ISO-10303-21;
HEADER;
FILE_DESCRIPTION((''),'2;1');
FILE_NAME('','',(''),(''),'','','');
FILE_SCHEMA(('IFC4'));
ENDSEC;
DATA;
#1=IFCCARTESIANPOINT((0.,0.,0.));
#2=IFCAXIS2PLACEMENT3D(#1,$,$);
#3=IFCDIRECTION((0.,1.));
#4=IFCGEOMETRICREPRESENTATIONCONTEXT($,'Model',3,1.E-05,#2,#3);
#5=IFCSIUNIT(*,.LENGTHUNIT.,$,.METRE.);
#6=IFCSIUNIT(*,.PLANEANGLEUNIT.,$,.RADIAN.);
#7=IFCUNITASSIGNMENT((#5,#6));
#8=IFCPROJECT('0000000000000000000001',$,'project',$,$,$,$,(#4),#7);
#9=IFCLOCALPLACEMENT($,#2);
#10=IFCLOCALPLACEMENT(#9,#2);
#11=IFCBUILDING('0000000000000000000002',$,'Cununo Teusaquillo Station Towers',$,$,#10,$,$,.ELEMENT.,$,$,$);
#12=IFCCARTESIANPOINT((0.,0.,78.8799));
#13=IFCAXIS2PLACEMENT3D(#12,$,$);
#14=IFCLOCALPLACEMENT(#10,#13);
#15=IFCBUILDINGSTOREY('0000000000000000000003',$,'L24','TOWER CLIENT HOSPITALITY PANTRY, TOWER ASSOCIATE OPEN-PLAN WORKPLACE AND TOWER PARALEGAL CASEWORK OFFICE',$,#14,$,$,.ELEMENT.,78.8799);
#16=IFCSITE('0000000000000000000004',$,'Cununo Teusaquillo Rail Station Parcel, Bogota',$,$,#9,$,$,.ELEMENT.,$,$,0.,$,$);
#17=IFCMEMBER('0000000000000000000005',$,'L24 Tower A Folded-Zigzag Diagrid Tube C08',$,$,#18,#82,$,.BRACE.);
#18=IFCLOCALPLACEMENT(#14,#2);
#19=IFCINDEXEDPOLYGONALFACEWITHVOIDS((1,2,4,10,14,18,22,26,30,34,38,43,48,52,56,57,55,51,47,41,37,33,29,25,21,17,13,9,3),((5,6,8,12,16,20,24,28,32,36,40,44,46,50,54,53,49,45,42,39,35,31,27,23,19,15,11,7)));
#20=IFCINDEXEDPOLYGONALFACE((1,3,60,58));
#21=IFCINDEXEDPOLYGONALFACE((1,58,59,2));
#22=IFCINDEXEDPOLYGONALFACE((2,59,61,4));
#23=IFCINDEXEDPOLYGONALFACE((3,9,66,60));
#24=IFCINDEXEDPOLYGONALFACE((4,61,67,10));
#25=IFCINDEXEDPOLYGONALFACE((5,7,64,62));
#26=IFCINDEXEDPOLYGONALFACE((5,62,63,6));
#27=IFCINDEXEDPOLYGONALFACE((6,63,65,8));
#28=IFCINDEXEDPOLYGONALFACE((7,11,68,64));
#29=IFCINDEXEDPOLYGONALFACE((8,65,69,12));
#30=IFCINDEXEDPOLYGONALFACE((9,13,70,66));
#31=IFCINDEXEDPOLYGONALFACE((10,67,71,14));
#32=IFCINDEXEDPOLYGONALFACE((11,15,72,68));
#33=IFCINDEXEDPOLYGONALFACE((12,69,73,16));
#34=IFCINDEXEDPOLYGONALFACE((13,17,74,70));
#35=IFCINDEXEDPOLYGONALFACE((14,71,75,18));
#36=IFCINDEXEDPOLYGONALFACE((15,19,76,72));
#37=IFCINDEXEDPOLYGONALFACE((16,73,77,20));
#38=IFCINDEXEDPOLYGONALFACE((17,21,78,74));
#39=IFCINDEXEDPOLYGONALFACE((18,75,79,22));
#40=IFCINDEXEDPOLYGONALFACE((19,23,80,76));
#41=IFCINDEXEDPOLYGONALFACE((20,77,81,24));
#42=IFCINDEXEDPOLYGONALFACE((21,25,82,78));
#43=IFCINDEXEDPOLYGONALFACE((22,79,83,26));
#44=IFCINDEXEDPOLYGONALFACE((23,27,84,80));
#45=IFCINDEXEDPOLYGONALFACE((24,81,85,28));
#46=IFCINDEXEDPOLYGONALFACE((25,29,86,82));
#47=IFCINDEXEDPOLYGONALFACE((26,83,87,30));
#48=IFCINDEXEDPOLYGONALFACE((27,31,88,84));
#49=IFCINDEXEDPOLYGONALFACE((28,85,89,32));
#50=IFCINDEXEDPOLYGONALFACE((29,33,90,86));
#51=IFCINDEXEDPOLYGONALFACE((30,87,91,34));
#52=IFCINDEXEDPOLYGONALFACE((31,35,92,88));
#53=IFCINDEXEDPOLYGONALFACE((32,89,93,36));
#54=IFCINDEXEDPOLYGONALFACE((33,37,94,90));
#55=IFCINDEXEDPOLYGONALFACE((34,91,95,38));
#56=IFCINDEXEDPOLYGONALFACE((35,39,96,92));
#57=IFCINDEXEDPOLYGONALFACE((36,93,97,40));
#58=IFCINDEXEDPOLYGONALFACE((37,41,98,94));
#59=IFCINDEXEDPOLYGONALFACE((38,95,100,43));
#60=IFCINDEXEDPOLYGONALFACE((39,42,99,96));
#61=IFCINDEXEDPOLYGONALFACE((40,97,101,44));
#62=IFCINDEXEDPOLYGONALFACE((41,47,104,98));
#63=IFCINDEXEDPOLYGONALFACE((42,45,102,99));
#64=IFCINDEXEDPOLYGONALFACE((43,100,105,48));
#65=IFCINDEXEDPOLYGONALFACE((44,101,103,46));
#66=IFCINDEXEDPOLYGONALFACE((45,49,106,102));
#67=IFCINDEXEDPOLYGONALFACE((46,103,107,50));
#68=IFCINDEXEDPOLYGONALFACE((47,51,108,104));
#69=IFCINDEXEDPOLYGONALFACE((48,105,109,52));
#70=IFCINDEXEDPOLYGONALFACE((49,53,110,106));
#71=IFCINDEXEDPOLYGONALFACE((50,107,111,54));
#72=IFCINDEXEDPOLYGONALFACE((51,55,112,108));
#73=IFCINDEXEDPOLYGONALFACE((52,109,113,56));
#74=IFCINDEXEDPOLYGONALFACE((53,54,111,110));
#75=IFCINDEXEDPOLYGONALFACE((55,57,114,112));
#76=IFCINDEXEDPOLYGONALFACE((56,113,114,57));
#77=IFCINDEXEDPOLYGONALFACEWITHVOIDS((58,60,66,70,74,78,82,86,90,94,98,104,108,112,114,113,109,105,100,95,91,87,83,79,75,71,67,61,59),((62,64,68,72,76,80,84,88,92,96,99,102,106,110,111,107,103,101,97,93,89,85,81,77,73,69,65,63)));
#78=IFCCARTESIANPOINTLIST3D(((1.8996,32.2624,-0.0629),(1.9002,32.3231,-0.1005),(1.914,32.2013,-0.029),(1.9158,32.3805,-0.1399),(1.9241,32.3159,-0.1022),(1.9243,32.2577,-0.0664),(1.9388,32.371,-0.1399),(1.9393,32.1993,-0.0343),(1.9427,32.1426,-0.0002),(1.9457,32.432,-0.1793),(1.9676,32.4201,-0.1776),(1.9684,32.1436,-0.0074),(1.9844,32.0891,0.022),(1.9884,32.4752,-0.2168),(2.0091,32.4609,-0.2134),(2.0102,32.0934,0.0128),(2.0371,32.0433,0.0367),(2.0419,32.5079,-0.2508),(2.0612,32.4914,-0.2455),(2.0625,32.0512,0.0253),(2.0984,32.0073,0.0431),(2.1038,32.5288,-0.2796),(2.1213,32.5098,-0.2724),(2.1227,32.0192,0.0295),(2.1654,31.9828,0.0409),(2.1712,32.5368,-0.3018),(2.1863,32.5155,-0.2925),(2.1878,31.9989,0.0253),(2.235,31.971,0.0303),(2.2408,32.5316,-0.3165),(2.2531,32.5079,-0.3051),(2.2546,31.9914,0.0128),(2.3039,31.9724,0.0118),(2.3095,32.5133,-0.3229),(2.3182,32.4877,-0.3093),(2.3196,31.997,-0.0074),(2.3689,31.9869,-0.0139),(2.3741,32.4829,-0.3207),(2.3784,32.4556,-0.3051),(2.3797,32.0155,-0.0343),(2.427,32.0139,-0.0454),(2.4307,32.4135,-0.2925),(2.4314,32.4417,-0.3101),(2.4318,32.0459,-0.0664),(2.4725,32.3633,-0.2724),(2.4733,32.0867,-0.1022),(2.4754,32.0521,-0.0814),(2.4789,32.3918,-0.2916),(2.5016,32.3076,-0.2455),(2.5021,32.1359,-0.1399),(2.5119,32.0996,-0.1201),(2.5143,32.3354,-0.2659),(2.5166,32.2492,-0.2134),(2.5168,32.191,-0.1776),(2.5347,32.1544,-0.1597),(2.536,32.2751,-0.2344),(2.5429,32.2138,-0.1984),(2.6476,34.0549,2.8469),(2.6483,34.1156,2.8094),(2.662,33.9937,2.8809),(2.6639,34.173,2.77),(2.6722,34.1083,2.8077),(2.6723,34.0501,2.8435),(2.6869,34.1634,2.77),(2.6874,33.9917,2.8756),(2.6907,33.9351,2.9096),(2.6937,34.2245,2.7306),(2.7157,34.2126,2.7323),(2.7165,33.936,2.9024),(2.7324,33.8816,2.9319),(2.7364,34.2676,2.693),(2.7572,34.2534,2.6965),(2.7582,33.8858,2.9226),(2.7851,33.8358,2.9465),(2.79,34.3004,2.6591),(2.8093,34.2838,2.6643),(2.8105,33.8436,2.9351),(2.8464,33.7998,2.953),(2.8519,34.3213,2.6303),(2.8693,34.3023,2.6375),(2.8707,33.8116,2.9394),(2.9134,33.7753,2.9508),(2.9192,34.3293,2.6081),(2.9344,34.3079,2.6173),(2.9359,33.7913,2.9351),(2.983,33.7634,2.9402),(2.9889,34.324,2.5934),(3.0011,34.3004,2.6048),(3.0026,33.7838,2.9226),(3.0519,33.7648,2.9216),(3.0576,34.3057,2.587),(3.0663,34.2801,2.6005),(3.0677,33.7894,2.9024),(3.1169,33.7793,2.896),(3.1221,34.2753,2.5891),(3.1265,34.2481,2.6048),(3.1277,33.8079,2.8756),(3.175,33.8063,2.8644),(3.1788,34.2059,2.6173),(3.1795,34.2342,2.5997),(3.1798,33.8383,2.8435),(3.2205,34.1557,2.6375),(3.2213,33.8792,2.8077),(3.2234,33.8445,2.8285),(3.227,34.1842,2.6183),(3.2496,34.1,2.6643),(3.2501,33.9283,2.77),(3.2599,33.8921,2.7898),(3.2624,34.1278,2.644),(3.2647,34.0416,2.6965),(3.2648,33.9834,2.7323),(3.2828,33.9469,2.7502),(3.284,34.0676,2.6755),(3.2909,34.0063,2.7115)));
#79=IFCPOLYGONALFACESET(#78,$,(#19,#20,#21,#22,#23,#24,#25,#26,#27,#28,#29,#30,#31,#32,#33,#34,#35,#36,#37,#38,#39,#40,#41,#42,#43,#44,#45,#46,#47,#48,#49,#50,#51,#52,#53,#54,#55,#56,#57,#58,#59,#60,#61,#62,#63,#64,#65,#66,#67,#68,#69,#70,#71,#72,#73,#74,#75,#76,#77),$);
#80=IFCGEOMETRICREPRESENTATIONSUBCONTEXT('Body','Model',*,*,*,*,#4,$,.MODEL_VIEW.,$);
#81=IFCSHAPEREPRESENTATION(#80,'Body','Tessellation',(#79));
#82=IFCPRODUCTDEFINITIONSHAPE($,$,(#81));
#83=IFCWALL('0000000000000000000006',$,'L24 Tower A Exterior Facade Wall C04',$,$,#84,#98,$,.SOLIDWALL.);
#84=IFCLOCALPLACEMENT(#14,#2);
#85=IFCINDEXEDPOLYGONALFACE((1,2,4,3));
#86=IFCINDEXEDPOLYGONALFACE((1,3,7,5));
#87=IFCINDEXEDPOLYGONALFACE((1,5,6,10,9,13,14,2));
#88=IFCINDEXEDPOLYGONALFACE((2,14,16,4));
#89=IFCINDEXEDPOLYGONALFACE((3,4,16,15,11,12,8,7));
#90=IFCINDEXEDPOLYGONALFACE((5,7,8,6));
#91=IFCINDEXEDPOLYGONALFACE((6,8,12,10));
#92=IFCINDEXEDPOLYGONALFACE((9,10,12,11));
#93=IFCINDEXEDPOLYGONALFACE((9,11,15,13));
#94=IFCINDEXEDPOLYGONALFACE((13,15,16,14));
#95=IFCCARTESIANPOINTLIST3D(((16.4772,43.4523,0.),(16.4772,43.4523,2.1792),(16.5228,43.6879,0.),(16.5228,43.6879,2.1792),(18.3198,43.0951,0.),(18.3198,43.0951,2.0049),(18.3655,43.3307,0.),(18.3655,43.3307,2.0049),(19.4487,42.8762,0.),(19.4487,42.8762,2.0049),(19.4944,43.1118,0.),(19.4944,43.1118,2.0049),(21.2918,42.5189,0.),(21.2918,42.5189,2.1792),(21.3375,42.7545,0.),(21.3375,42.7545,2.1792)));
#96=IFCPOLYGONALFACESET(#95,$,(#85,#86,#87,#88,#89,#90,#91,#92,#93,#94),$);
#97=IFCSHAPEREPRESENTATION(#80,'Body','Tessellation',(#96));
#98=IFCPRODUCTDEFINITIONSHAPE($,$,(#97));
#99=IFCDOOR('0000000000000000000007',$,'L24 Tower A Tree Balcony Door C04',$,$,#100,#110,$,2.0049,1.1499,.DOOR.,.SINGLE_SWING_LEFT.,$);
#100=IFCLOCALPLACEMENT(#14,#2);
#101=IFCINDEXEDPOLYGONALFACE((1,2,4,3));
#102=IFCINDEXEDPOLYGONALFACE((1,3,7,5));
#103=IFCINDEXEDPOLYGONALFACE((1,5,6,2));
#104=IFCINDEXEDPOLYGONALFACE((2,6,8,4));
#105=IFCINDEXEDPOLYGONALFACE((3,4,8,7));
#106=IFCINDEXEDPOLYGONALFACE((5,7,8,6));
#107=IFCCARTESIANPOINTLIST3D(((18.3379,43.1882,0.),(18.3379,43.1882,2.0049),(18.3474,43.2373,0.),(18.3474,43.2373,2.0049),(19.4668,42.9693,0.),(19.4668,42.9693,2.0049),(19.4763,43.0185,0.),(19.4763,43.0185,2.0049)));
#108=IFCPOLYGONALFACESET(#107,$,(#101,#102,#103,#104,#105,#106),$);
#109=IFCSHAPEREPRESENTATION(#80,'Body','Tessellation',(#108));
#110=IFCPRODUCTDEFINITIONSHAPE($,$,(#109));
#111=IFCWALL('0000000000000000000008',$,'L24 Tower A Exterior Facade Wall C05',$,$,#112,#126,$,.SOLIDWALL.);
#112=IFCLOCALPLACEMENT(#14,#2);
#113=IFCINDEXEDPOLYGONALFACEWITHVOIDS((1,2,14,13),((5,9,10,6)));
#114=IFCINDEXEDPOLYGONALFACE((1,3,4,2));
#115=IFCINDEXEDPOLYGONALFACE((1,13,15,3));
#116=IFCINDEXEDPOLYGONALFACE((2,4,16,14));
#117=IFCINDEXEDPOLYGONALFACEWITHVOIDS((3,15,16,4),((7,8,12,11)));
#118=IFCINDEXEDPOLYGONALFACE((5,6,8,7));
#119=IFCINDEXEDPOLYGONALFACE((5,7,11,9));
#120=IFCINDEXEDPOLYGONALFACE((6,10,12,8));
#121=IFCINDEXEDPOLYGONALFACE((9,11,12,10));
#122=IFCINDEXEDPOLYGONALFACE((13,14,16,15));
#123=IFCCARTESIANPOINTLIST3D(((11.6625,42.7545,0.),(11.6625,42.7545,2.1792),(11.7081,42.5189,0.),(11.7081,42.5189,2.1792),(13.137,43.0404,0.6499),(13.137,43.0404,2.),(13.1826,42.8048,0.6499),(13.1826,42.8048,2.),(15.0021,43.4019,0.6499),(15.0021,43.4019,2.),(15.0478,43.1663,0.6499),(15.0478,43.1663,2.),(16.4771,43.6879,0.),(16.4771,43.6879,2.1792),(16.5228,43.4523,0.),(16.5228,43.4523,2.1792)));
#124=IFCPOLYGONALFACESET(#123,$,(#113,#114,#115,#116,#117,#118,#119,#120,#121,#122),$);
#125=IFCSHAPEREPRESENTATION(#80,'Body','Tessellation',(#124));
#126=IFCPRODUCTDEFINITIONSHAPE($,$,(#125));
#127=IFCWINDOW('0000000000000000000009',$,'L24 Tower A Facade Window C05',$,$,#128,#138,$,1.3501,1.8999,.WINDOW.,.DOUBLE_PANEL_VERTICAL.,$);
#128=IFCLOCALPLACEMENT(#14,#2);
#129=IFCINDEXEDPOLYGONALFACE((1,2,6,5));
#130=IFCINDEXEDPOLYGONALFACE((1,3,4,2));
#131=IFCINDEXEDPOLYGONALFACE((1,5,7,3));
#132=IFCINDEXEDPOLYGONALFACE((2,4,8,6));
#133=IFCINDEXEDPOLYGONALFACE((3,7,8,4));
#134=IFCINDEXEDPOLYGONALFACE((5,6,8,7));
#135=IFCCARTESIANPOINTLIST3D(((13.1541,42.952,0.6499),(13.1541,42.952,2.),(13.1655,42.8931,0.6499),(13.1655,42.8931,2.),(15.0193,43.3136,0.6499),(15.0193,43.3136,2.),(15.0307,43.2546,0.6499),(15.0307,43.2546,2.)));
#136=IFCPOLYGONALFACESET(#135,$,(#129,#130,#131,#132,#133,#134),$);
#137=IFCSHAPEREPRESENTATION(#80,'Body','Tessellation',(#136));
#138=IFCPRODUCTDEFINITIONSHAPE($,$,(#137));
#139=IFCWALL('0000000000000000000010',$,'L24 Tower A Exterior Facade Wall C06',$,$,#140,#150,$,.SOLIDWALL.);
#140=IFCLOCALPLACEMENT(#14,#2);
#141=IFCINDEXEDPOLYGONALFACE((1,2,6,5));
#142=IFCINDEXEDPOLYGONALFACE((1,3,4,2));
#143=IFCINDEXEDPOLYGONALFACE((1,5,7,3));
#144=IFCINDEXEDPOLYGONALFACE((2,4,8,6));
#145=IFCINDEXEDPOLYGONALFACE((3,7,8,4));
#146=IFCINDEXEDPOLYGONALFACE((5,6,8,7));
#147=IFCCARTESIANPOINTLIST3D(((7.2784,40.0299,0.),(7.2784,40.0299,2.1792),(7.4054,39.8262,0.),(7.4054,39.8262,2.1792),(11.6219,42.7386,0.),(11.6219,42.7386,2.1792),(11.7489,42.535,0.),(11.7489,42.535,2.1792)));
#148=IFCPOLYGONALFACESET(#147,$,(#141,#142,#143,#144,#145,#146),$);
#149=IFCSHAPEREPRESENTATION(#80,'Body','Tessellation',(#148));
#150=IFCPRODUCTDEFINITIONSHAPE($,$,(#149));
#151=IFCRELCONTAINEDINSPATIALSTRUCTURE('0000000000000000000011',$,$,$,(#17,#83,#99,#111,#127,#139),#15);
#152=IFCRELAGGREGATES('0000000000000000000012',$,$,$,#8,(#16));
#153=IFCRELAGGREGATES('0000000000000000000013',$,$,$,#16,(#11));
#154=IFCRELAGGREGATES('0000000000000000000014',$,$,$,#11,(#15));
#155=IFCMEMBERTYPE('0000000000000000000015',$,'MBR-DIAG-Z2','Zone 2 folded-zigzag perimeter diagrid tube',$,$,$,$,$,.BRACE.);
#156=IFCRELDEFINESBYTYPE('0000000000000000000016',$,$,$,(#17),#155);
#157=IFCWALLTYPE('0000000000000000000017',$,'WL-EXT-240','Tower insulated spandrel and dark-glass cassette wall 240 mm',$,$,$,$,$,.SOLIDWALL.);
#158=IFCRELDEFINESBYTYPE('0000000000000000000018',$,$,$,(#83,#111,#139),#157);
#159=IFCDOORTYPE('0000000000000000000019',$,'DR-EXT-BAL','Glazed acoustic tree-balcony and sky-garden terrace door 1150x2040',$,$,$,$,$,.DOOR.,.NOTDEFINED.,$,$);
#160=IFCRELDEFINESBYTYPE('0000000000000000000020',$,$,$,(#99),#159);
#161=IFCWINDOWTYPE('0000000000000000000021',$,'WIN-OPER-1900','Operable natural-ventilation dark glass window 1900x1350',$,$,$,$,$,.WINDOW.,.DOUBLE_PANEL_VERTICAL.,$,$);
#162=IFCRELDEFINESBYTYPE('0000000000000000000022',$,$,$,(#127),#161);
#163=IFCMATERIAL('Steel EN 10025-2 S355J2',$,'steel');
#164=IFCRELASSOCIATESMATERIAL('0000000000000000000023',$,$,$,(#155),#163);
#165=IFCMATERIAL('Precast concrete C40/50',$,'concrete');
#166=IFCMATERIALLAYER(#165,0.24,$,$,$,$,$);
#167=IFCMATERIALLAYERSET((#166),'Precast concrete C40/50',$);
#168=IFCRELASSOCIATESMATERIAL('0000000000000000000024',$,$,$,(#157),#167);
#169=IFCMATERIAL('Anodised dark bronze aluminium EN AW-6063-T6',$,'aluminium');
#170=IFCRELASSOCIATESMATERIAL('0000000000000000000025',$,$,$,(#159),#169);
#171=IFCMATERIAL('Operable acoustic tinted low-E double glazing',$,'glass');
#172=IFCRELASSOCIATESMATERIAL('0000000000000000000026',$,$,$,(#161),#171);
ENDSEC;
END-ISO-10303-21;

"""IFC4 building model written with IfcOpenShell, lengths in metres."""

from ifc_helpers import new_model, si_unit, direction, frame, frame_2d, origin, origin_2d, place, context, subcontext, project, spatial, rectangle, hollow_circle, extrude, source, transform, mapped, material, layer, layer_set, material_profile, profile_set, type_object, element, fill, save


model = new_model("IFC4")

# Units and contexts
model_context = context("Model", 3, precision=1e-05, world=origin(), true_north=direction((0.0, 1.0)))
body_context = subcontext(model_context, "Body", "Model", "MODEL_VIEW")
ifc_project = project(units=[si_unit("LENGTHUNIT", "METRE"), si_unit("PLANEANGLEUNIT", "RADIAN")], contexts=[model_context])

# Site, building, storey
site_placement = place(None, origin())
site = spatial("IfcSite", under=ifc_project, at=site_placement, Name="Cununo Teusaquillo Rail Station Parcel, Bogota", CompositionType="ELEMENT", RefElevation=0.0)
building_placement = place(site_placement, origin())
building = spatial("IfcBuilding", under=site, at=building_placement, Name="Cununo Teusaquillo Station Towers", CompositionType="ELEMENT")
storey_placement = place(building_placement, frame((0.0, 0.0, 78.8799)))
storey = spatial("IfcBuildingStorey", under=building, at=storey_placement, Name="L24", Description="TOWER CLIENT HOSPITALITY PANTRY, TOWER ASSOCIATE OPEN-PLAN WORKPLACE AND TOWER PARALEGAL CASEWORK OFFICE", CompositionType="ELEMENT", Elevation=78.8799)

# Member
ifc_material_1 = material(Name="Steel EN 10025-2 S355J2", Category="steel")
ifc_material_profile_1 = material_profile(ifc_material_1, hollow_circle(Radius=0.3301, WallThickness=0.0249, at=origin_2d()), Name="CHS 660x25")
ifc_profile_set_1 = profile_set([ifc_material_profile_1], Name="Steel EN 10025-2 S355J2")
member_type = type_object("IfcMemberType", Name="MBR-DIAG-Z2", Description="Zone 2 folded-zigzag perimeter diagrid tube", PredefinedType="BRACE", material=ifc_profile_set_1)
member_1_placement = place(storey_placement, frame((2.2205, 32.2534, -0.1399), z_axis=(0.213814, 0.512343, 0.831738), x_axis=(-0.922861, 0.385133, 0.0)))
element("IfcMember", 1, at=member_1_placement, inside=storey, type_object=member_type, Name="L24 Tower A Folded-Zigzag Diagrid Tube C08", PredefinedType="BRACE", context=body_context, shape_type="SweptSolid", body=[
    extrude(hollow_circle(Radius=0.3301, WallThickness=0.0249, at=origin_2d()), origin(), (0.0, 0.0, 1.0), 3.4985),
])

# Wall, opening, door
ifc_material_2 = material(Name="Precast concrete C40/50", Category="concrete")
ifc_layer_1 = layer(ifc_material_2, 0.24)
ifc_layer_set_1 = layer_set([ifc_layer_1], Name="Precast concrete C40/50")
wall_type_1 = type_object("IfcWallType", Name="WL-EXT-240", Description="Tower insulated spandrel and dark-glass cassette wall 240 mm", PredefinedType="SOLIDWALL", material=ifc_layer_set_1)
wall_1_placement = place(storey_placement, frame((16.5, 43.5701, 0.0), z_axis=(0.0, 0.0, 1.0), x_axis=(0.981724, -0.190311, 0.0)))
wall_1 = element("IfcWall", 2, at=wall_1_placement, inside=storey, type_object=wall_type_1, Name="L24 Tower A Exterior Facade Wall C04", PredefinedType="SOLIDWALL", context=body_context, shape_type="SweptSolid", body=[
    extrude(rectangle(XDim=4.9043, YDim=0.24, at=frame_2d((2.4521, 0.0))), origin(), (0.0, 0.0, 1.0), 2.1792),
])
shared_shape_1 = source(origin(), body_context, "Body", "SweptSolid", [
    extrude(rectangle(XDim=1.1499, YDim=2.0049, at=frame_2d((0.575, 1.0024))), frame((0.0, 0.1299, 0.0), z_axis=(0.0, -1.0, 0.0), x_axis=(1.0, 0.0, 0.0)), (0.0, 0.0, 1.0), 0.26),
])
opening_1_placement = place(wall_1_placement, frame((1.877, 0.0, 0.0)))
opening_1 = element("IfcOpeningElement", 3, at=opening_1_placement, cuts=wall_1, PredefinedType="OPENING", context=body_context, shape_type="MappedRepresentation", body=[
    mapped(shared_shape_1, transform((0.0, 0.0, 0.0), x_axis=(1.0, 0.0, 0.0), y_axis=(0.0, 1.0, 0.0), z_axis=(0.0, 0.0, 1.0), scale=1.0)),
])
ifc_material_3 = material(Name="Anodised dark bronze aluminium EN AW-6063-T6", Category="aluminium")
door_type_1 = type_object("IfcDoorType", Name="DR-EXT-BAL", Description="Glazed acoustic tree-balcony and sky-garden terrace door 1150x2040", OperationType="NOTDEFINED", PredefinedType="DOOR", material=ifc_material_3)
shared_shape_2 = source(origin(), body_context, "Body", "SweptSolid", [
    extrude(rectangle(XDim=1.1499, YDim=2.0049, at=frame_2d((0.575, 1.0024))), frame((0.0, 0.0249, 0.0), z_axis=(0.0, -1.0, 0.0), x_axis=(1.0, 0.0, 0.0)), (0.0, 0.0, 1.0), 0.05),
])
door_1_placement = place(opening_1_placement, origin())
door_1 = element("IfcDoor", 4, at=door_1_placement, inside=storey, type_object=door_type_1, Name="L24 Tower A Tree Balcony Door C04", OperationType="SINGLE_SWING_LEFT", OverallHeight=2.0049, OverallWidth=1.1499, PredefinedType="DOOR", context=body_context, shape_type="MappedRepresentation", body=[
    mapped(shared_shape_2, transform((0.0, 0.0, 0.0), x_axis=(1.0, 0.0, 0.0), y_axis=(0.0, 1.0, 0.0), z_axis=(0.0, 0.0, 1.0), scale=1.0)),
])
fill(opening_1, door_1)

# Wall, opening, window
wall_2_placement = place(storey_placement, frame((11.6853, 42.6367, 0.0), z_axis=(0.0, 0.0, 1.0), x_axis=(0.981724, 0.190311, 0.0)))
wall_2 = element("IfcWall", 5, at=wall_2_placement, inside=storey, type_object=wall_type_1, Name="L24 Tower A Exterior Facade Wall C05", PredefinedType="SOLIDWALL", context=body_context, shape_type="SweptSolid", body=[
    extrude(rectangle(XDim=4.9043, YDim=0.24, at=frame_2d((2.4521, 0.0))), origin(), (0.0, 0.0, 1.0), 2.1792),
])
shared_shape_3 = source(origin(), body_context, "Body", "SweptSolid", [
    extrude(rectangle(XDim=1.8999, YDim=1.3501, at=frame_2d((0.95, 0.675))), frame((0.0, 0.1299, 0.0), z_axis=(0.0, -1.0, 0.0), x_axis=(1.0, 0.0, 0.0)), (0.0, 0.0, 1.0), 0.26),
])
opening_2_placement = place(wall_2_placement, frame((1.502, 0.0, 0.6499)))
opening_2 = element("IfcOpeningElement", 6, at=opening_2_placement, cuts=wall_2, PredefinedType="OPENING", context=body_context, shape_type="MappedRepresentation", body=[
    mapped(shared_shape_3, transform((0.0, 0.0, 0.0), x_axis=(1.0, 0.0, 0.0), y_axis=(0.0, 1.0, 0.0), z_axis=(0.0, 0.0, 1.0), scale=1.0)),
])
ifc_material_4 = material(Name="Operable acoustic tinted low-E double glazing", Category="glass")
window_type = type_object("IfcWindowType", Name="WIN-OPER-1900", Description="Operable natural-ventilation dark glass window 1900x1350", PartitioningType="DOUBLE_PANEL_VERTICAL", PredefinedType="WINDOW", material=ifc_material_4)
shared_shape_4 = source(origin(), body_context, "Body", "SweptSolid", [
    extrude(rectangle(XDim=1.8999, YDim=1.3501, at=frame_2d((0.95, 0.675))), frame((0.0, 0.03, 0.0), z_axis=(0.0, -1.0, 0.0), x_axis=(1.0, 0.0, 0.0)), (0.0, 0.0, 1.0), 0.0601),
])
window_1_placement = place(opening_2_placement, origin())
window_1 = element("IfcWindow", 7, at=window_1_placement, inside=storey, type_object=window_type, Name="L24 Tower A Facade Window C05", OverallHeight=1.3501, OverallWidth=1.8999, PartitioningType="DOUBLE_PANEL_VERTICAL", PredefinedType="WINDOW", context=body_context, shape_type="MappedRepresentation", body=[
    mapped(shared_shape_4, transform((0.0, 0.0, 0.0), x_axis=(1.0, 0.0, 0.0), y_axis=(0.0, 1.0, 0.0), z_axis=(0.0, 0.0, 1.0), scale=1.0)),
])
fill(opening_2, window_1)

# Wall
wall_3_placement = place(storey_placement, frame((7.3418, 39.928, 0.0), z_axis=(0.0, 0.0, 1.0), x_axis=(0.84852, 0.529163, 0.0)))
element("IfcWall", 8, at=wall_3_placement, inside=storey, type_object=wall_type_1, Name="L24 Tower A Exterior Facade Wall C06", PredefinedType="SOLIDWALL", context=body_context, shape_type="SweptSolid", body=[
    extrude(rectangle(XDim=5.1189, YDim=0.24, at=frame_2d((2.5596, 0.0))), origin(), (0.0, 0.0, 1.0), 2.1792),
])

save(model, "model.ifc")
